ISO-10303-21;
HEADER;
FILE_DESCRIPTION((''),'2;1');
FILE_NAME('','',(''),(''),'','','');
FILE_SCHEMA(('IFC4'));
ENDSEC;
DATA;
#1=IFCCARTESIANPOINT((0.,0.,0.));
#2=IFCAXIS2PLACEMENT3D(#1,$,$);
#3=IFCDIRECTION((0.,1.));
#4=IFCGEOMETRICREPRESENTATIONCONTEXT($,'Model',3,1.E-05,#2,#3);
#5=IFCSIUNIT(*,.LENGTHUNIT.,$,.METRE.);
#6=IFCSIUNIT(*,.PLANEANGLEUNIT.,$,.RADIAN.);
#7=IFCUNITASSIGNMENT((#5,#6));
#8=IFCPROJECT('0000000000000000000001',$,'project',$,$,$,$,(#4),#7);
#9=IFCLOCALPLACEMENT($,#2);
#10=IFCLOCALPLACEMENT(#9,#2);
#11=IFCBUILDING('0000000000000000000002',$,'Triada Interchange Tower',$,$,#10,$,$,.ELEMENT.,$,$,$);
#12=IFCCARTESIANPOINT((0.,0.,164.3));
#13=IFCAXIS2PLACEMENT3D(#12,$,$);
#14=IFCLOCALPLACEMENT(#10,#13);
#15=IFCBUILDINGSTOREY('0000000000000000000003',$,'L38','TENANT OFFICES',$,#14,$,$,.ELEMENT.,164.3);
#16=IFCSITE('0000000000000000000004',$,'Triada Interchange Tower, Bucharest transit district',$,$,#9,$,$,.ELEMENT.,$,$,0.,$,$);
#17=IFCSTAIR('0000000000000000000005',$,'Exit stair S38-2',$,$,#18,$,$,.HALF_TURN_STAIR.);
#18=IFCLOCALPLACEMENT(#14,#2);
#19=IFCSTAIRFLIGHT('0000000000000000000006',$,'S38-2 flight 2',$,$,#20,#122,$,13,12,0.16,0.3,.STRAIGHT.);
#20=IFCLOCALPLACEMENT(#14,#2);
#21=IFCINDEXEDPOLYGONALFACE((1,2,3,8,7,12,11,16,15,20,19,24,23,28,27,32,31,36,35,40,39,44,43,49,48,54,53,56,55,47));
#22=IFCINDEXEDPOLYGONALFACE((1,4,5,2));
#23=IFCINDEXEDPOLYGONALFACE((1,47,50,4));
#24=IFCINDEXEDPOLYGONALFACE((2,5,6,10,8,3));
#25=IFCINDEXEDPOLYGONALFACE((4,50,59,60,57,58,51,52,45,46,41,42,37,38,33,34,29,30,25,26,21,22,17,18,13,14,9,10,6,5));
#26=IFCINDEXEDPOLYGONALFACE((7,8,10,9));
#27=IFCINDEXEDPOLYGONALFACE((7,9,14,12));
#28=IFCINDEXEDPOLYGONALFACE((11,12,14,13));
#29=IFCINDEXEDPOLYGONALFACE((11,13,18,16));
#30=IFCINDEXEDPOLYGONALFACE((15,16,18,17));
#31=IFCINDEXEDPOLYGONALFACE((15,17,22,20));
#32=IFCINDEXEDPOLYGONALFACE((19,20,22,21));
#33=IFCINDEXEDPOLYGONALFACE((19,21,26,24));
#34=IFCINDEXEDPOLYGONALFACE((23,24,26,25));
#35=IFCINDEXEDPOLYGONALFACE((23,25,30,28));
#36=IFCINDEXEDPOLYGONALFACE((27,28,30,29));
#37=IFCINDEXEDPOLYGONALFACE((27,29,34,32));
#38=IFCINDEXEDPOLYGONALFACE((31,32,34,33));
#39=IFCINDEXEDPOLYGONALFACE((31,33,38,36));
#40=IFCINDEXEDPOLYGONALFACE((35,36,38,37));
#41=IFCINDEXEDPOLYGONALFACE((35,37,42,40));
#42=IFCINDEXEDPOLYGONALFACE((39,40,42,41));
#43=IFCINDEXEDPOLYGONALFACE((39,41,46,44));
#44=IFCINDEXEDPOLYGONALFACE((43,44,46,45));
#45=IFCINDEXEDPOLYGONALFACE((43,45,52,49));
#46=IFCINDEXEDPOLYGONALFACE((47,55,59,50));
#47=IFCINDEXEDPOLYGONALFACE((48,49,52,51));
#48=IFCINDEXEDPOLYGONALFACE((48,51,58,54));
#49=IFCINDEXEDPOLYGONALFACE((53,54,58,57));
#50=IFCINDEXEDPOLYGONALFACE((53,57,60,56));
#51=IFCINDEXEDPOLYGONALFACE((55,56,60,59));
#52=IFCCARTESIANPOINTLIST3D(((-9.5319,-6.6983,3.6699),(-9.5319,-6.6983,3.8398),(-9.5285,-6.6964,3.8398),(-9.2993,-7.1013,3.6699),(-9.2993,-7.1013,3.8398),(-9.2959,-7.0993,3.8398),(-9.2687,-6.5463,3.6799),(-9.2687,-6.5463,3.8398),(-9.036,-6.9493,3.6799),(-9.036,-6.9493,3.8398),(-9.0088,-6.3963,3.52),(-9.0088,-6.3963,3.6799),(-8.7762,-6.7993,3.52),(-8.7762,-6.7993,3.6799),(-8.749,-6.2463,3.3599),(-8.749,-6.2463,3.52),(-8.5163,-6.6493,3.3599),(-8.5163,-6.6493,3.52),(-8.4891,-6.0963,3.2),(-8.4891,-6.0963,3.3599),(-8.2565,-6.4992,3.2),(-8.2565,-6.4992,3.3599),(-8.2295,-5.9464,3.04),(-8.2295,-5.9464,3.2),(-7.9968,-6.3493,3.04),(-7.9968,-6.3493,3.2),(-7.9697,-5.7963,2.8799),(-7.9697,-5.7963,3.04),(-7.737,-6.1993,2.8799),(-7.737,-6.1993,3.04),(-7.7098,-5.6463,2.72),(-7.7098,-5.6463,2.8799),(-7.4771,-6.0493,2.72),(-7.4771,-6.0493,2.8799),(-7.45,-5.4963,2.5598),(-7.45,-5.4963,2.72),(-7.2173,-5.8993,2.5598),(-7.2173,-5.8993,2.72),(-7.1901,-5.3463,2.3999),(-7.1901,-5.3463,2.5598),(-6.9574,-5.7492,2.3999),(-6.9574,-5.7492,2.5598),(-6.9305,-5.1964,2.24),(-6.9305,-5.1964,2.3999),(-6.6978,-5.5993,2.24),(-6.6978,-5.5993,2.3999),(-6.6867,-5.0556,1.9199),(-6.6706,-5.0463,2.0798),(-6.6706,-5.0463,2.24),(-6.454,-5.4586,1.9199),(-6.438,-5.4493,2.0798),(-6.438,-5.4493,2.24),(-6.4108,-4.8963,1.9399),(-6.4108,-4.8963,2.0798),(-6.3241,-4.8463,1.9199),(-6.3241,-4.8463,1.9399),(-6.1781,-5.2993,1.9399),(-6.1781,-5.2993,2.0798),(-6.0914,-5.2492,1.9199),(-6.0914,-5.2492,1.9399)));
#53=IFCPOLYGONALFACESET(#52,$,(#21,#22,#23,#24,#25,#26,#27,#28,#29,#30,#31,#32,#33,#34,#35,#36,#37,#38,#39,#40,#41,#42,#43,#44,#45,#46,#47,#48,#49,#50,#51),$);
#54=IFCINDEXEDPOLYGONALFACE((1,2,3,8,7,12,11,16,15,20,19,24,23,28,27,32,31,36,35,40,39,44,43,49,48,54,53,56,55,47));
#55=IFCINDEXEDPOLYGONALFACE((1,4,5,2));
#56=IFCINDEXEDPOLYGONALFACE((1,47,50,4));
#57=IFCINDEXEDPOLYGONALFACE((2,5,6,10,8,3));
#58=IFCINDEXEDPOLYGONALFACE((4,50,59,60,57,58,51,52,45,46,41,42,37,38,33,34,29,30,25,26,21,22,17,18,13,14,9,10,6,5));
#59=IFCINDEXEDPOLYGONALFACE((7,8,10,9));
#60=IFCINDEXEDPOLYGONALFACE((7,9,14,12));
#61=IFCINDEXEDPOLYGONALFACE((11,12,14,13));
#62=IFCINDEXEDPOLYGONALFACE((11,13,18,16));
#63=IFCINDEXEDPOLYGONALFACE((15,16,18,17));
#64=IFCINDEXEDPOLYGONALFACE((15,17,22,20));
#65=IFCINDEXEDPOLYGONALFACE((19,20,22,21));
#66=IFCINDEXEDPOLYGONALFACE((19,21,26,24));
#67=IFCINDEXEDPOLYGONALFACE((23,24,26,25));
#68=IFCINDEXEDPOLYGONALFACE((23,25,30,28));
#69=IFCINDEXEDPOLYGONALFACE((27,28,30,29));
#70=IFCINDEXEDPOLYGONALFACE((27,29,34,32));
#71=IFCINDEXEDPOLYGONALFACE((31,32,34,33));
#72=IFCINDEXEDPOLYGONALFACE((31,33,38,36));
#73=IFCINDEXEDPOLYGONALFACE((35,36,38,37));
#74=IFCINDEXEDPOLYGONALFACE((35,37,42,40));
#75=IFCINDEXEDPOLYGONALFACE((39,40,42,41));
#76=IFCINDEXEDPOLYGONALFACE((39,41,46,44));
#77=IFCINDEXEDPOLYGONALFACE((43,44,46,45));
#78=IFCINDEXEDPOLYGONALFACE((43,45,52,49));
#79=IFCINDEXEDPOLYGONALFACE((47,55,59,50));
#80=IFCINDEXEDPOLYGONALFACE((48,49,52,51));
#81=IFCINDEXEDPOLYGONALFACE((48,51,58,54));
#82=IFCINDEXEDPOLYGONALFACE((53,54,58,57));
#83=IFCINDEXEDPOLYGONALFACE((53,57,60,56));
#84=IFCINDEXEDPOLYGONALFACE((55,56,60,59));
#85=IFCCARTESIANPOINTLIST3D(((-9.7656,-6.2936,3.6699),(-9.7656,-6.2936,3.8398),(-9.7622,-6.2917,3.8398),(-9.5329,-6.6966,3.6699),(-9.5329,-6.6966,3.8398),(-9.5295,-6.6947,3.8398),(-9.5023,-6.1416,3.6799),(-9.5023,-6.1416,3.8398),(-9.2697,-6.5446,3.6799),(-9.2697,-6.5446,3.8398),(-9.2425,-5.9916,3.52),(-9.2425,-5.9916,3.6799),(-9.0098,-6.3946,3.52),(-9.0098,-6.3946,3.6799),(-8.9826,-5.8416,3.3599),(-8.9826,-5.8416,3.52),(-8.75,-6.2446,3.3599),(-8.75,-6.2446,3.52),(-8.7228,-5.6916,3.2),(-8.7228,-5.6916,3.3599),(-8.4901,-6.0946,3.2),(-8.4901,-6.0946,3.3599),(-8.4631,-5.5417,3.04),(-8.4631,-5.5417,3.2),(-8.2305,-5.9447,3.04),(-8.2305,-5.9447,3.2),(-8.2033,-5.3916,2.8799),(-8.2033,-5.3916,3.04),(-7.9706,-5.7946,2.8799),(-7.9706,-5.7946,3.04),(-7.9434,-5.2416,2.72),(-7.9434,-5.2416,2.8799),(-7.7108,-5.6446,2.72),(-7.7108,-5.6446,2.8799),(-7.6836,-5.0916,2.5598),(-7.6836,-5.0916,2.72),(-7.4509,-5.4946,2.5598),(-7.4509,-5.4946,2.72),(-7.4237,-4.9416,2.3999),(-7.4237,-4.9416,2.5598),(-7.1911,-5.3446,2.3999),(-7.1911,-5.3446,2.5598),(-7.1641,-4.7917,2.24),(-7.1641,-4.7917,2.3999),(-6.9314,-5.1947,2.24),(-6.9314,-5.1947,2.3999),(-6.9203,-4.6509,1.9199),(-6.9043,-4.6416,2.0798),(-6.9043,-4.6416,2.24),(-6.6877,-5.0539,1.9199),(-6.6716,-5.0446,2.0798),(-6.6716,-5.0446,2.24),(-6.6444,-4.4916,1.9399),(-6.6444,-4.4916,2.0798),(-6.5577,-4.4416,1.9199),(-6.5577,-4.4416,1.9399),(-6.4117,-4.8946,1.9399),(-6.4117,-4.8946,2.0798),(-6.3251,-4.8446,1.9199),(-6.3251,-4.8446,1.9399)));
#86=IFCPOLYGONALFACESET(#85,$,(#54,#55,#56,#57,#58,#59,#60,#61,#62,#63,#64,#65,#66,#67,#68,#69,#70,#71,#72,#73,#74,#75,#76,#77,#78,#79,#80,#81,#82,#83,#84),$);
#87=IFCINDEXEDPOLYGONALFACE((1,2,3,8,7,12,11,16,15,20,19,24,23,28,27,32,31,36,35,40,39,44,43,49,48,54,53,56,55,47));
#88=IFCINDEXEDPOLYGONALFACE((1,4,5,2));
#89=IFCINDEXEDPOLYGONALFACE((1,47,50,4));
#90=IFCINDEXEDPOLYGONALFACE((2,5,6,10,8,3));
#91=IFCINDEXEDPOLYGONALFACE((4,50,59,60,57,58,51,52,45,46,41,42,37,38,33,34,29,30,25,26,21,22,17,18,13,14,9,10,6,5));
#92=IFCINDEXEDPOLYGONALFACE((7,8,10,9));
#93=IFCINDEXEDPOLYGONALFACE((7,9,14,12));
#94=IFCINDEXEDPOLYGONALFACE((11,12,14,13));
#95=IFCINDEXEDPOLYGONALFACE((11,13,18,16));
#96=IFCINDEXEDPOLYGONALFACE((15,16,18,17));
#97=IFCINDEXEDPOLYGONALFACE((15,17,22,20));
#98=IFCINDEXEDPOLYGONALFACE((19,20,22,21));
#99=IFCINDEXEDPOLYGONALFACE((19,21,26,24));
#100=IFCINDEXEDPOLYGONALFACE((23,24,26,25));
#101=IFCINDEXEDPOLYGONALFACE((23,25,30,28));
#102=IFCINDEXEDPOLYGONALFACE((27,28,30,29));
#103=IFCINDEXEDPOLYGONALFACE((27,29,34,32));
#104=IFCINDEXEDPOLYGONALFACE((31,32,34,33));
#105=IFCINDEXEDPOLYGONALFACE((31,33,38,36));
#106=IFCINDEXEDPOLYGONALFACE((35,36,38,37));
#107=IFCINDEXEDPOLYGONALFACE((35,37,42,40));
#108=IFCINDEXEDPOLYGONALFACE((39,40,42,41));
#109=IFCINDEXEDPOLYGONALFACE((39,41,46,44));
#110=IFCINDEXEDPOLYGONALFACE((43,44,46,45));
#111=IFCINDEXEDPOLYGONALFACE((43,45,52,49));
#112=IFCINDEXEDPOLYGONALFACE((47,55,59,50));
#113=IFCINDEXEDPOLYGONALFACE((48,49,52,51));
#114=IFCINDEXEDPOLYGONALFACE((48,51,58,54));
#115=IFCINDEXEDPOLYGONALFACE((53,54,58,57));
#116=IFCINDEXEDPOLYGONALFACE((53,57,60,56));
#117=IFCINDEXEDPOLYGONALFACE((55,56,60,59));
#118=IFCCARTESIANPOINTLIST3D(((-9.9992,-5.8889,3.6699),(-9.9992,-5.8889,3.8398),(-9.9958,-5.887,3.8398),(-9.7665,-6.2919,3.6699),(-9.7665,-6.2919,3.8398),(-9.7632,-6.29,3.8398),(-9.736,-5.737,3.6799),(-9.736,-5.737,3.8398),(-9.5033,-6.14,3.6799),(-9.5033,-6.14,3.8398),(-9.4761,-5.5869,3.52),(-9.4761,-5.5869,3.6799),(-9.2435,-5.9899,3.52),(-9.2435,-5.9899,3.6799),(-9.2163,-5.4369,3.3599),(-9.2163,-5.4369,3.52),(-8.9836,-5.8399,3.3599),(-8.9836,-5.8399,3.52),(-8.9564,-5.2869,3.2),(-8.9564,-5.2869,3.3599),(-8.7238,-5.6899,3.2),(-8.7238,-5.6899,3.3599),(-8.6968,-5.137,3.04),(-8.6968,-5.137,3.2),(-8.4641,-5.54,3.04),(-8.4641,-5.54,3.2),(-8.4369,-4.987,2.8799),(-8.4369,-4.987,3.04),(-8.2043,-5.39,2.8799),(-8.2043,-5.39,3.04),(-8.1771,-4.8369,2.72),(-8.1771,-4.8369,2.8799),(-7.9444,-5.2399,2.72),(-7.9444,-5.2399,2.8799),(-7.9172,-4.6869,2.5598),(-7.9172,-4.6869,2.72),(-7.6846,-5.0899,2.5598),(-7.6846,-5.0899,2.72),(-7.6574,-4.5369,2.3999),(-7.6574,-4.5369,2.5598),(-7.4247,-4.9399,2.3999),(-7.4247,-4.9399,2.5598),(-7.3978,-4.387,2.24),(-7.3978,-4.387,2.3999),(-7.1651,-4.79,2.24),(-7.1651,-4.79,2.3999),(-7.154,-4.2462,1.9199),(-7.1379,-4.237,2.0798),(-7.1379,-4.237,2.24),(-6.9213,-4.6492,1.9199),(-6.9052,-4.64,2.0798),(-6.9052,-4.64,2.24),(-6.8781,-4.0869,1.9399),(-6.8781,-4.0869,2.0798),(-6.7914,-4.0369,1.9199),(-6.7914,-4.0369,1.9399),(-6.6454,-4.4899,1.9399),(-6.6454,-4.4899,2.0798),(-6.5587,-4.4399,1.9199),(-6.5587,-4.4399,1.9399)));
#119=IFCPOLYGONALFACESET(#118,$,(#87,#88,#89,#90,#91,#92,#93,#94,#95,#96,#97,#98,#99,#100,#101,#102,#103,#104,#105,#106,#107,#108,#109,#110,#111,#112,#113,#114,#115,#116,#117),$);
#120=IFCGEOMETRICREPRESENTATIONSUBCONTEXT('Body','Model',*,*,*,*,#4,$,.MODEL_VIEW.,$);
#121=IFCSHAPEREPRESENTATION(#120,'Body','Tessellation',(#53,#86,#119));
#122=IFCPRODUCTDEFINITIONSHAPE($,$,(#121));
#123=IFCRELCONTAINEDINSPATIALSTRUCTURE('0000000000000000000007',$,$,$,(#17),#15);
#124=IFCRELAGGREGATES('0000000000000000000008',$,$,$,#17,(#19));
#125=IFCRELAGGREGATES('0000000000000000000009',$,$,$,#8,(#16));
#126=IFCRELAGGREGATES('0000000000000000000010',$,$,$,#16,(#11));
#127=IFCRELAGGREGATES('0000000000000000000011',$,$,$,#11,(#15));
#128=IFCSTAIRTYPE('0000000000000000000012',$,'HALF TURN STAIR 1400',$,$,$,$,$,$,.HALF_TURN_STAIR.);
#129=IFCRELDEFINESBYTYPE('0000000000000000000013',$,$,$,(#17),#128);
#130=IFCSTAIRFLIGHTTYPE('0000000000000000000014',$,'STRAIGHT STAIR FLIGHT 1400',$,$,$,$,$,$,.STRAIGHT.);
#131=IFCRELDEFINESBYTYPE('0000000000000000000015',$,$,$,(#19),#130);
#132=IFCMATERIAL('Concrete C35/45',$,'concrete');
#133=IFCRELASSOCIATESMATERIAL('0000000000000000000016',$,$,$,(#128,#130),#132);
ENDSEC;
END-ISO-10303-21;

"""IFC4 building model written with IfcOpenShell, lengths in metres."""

from ifc_helpers import new_model, si_unit, direction, frame, origin, place, context, subcontext, project, spatial, polyline, outline, extrude, material, type_object, element, aggregate, save


model = new_model("IFC4")

# Units and contexts
model_context = context("Model", 3, precision=1e-05, world=origin(), true_north=direction((0.0, 1.0)))
body_context = subcontext(model_context, "Body", "Model", "MODEL_VIEW")
ifc_project = project(units=[si_unit("LENGTHUNIT", "METRE"), si_unit("PLANEANGLEUNIT", "RADIAN")], contexts=[model_context])

# Site, building, storey
site_placement = place(None, origin())
site = spatial("IfcSite", under=ifc_project, at=site_placement, Name="Triada Interchange Tower, Bucharest transit district", CompositionType="ELEMENT", RefElevation=0.0)
building_placement = place(site_placement, origin())
building = spatial("IfcBuilding", under=site, at=building_placement, Name="Triada Interchange Tower", CompositionType="ELEMENT")
storey_placement = place(building_placement, frame((0.0, 0.0, 164.3)))
storey = spatial("IfcBuildingStorey", under=building, at=storey_placement, Name="L38", Description="TENANT OFFICES", CompositionType="ELEMENT", Elevation=164.3)

# Stair, stair flight
ifc_material_1 = material(Name="Concrete C35/45", Category="concrete")
stair_type = type_object("IfcStairType", Name="HALF TURN STAIR 1400", PredefinedType="HALF_TURN_STAIR", material=ifc_material_1)
stair_placement = place(storey_placement, origin())
stair = element("IfcStair", 1, at=stair_placement, inside=storey, type_object=stair_type, Name="Exit stair S38-2", PredefinedType="HALF_TURN_STAIR")
stair_flight_type = type_object("IfcStairFlightType", Name="STRAIGHT STAIR FLIGHT 1400", PredefinedType="STRAIGHT", material=ifc_material_1)
stair_flight_1_placement = place(storey_placement, frame((-6.5281, -4.6931, 1.9199), z_axis=(0.0, 0.0, 1.0), x_axis=(-0.866025, -0.5, 0.0)))
stair_flight_1 = element("IfcStairFlight", 2, at=stair_flight_1_placement, type_object=stair_flight_type, Name="S38-2 flight 2", NumberOfRisers=13, NumberOfTreads=12, PredefinedType="STRAIGHT", RiserHeight=0.16, TreadLength=0.3, context=body_context, shape_type="SweptSolid", body=[
    extrude(outline(polyline([(-0.1001, 0.0), (-0.1001, 0.02), (0.0, 0.02), (0.0, 0.1599), (0.3, 0.1599), (0.3, 0.3201), (0.6001, 0.3201), (0.6001, 0.48), (0.8999, 0.48), (0.8999, 0.6399), (1.2, 0.6399), (1.2, 0.8), (1.5, 0.8), (1.5, 0.96), (1.8, 0.96), (1.8, 1.1201), (2.1001, 1.1201), (2.1001, 1.28), (2.3999, 1.28), (2.3999, 1.4399), (2.7, 1.4399), (2.7, 1.6001), (3.0, 1.6001), (3.0, 1.76), (3.3, 1.76), (3.3, 1.9199), (3.6001, 1.9199), (3.604, 1.9199), (3.604, 2.0801), (3.604, 1.75), (0.3186, 0.0), (-0.1001, 0.0)])), frame((0.0, 0.7, 0.0), z_axis=(0.0, -1.0, 0.0), x_axis=(1.0, 0.0, 0.0)), (0.0, 0.0, 1.0), 0.4653),
    extrude(outline(polyline([(-0.1001, 0.0), (-0.1001, 0.02), (0.0, 0.02), (0.0, 0.1599), (0.3, 0.1599), (0.3, 0.3201), (0.6001, 0.3201), (0.6001, 0.48), (0.8999, 0.48), (0.8999, 0.6399), (1.2, 0.6399), (1.2, 0.8), (1.5, 0.8), (1.5, 0.96), (1.8, 0.96), (1.8, 1.1201), (2.1001, 1.1201), (2.1001, 1.28), (2.3999, 1.28), (2.3999, 1.4399), (2.7, 1.4399), (2.7, 1.6001), (3.0, 1.6001), (3.0, 1.76), (3.3, 1.76), (3.3, 1.9199), (3.6001, 1.9199), (3.604, 1.9199), (3.604, 2.0801), (3.604, 1.75), (0.3186, 0.0), (-0.1001, 0.0)])), frame((0.0, 0.2327, 0.0), z_axis=(0.0, -1.0, 0.0), x_axis=(1.0, 0.0, 0.0)), (0.0, 0.0, 1.0), 0.4653),
    extrude(outline(polyline([(-0.1001, 0.0), (-0.1001, 0.02), (0.0, 0.02), (0.0, 0.1599), (0.3, 0.1599), (0.3, 0.3201), (0.6001, 0.3201), (0.6001, 0.48), (0.8999, 0.48), (0.8999, 0.6399), (1.2, 0.6399), (1.2, 0.8), (1.5, 0.8), (1.5, 0.96), (1.8, 0.96), (1.8, 1.1201), (2.1001, 1.1201), (2.1001, 1.28), (2.3999, 1.28), (2.3999, 1.4399), (2.7, 1.4399), (2.7, 1.6001), (3.0, 1.6001), (3.0, 1.76), (3.3, 1.76), (3.3, 1.9199), (3.6001, 1.9199), (3.604, 1.9199), (3.604, 2.0801), (3.604, 1.75), (0.3186, 0.0), (-0.1001, 0.0)])), frame((0.0, -0.2346, 0.0), z_axis=(0.0, -1.0, 0.0), x_axis=(1.0, 0.0, 0.0)), (0.0, 0.0, 1.0), 0.4653),
])
aggregate(stair, [stair_flight_1])

save(model, "model.ifc")
